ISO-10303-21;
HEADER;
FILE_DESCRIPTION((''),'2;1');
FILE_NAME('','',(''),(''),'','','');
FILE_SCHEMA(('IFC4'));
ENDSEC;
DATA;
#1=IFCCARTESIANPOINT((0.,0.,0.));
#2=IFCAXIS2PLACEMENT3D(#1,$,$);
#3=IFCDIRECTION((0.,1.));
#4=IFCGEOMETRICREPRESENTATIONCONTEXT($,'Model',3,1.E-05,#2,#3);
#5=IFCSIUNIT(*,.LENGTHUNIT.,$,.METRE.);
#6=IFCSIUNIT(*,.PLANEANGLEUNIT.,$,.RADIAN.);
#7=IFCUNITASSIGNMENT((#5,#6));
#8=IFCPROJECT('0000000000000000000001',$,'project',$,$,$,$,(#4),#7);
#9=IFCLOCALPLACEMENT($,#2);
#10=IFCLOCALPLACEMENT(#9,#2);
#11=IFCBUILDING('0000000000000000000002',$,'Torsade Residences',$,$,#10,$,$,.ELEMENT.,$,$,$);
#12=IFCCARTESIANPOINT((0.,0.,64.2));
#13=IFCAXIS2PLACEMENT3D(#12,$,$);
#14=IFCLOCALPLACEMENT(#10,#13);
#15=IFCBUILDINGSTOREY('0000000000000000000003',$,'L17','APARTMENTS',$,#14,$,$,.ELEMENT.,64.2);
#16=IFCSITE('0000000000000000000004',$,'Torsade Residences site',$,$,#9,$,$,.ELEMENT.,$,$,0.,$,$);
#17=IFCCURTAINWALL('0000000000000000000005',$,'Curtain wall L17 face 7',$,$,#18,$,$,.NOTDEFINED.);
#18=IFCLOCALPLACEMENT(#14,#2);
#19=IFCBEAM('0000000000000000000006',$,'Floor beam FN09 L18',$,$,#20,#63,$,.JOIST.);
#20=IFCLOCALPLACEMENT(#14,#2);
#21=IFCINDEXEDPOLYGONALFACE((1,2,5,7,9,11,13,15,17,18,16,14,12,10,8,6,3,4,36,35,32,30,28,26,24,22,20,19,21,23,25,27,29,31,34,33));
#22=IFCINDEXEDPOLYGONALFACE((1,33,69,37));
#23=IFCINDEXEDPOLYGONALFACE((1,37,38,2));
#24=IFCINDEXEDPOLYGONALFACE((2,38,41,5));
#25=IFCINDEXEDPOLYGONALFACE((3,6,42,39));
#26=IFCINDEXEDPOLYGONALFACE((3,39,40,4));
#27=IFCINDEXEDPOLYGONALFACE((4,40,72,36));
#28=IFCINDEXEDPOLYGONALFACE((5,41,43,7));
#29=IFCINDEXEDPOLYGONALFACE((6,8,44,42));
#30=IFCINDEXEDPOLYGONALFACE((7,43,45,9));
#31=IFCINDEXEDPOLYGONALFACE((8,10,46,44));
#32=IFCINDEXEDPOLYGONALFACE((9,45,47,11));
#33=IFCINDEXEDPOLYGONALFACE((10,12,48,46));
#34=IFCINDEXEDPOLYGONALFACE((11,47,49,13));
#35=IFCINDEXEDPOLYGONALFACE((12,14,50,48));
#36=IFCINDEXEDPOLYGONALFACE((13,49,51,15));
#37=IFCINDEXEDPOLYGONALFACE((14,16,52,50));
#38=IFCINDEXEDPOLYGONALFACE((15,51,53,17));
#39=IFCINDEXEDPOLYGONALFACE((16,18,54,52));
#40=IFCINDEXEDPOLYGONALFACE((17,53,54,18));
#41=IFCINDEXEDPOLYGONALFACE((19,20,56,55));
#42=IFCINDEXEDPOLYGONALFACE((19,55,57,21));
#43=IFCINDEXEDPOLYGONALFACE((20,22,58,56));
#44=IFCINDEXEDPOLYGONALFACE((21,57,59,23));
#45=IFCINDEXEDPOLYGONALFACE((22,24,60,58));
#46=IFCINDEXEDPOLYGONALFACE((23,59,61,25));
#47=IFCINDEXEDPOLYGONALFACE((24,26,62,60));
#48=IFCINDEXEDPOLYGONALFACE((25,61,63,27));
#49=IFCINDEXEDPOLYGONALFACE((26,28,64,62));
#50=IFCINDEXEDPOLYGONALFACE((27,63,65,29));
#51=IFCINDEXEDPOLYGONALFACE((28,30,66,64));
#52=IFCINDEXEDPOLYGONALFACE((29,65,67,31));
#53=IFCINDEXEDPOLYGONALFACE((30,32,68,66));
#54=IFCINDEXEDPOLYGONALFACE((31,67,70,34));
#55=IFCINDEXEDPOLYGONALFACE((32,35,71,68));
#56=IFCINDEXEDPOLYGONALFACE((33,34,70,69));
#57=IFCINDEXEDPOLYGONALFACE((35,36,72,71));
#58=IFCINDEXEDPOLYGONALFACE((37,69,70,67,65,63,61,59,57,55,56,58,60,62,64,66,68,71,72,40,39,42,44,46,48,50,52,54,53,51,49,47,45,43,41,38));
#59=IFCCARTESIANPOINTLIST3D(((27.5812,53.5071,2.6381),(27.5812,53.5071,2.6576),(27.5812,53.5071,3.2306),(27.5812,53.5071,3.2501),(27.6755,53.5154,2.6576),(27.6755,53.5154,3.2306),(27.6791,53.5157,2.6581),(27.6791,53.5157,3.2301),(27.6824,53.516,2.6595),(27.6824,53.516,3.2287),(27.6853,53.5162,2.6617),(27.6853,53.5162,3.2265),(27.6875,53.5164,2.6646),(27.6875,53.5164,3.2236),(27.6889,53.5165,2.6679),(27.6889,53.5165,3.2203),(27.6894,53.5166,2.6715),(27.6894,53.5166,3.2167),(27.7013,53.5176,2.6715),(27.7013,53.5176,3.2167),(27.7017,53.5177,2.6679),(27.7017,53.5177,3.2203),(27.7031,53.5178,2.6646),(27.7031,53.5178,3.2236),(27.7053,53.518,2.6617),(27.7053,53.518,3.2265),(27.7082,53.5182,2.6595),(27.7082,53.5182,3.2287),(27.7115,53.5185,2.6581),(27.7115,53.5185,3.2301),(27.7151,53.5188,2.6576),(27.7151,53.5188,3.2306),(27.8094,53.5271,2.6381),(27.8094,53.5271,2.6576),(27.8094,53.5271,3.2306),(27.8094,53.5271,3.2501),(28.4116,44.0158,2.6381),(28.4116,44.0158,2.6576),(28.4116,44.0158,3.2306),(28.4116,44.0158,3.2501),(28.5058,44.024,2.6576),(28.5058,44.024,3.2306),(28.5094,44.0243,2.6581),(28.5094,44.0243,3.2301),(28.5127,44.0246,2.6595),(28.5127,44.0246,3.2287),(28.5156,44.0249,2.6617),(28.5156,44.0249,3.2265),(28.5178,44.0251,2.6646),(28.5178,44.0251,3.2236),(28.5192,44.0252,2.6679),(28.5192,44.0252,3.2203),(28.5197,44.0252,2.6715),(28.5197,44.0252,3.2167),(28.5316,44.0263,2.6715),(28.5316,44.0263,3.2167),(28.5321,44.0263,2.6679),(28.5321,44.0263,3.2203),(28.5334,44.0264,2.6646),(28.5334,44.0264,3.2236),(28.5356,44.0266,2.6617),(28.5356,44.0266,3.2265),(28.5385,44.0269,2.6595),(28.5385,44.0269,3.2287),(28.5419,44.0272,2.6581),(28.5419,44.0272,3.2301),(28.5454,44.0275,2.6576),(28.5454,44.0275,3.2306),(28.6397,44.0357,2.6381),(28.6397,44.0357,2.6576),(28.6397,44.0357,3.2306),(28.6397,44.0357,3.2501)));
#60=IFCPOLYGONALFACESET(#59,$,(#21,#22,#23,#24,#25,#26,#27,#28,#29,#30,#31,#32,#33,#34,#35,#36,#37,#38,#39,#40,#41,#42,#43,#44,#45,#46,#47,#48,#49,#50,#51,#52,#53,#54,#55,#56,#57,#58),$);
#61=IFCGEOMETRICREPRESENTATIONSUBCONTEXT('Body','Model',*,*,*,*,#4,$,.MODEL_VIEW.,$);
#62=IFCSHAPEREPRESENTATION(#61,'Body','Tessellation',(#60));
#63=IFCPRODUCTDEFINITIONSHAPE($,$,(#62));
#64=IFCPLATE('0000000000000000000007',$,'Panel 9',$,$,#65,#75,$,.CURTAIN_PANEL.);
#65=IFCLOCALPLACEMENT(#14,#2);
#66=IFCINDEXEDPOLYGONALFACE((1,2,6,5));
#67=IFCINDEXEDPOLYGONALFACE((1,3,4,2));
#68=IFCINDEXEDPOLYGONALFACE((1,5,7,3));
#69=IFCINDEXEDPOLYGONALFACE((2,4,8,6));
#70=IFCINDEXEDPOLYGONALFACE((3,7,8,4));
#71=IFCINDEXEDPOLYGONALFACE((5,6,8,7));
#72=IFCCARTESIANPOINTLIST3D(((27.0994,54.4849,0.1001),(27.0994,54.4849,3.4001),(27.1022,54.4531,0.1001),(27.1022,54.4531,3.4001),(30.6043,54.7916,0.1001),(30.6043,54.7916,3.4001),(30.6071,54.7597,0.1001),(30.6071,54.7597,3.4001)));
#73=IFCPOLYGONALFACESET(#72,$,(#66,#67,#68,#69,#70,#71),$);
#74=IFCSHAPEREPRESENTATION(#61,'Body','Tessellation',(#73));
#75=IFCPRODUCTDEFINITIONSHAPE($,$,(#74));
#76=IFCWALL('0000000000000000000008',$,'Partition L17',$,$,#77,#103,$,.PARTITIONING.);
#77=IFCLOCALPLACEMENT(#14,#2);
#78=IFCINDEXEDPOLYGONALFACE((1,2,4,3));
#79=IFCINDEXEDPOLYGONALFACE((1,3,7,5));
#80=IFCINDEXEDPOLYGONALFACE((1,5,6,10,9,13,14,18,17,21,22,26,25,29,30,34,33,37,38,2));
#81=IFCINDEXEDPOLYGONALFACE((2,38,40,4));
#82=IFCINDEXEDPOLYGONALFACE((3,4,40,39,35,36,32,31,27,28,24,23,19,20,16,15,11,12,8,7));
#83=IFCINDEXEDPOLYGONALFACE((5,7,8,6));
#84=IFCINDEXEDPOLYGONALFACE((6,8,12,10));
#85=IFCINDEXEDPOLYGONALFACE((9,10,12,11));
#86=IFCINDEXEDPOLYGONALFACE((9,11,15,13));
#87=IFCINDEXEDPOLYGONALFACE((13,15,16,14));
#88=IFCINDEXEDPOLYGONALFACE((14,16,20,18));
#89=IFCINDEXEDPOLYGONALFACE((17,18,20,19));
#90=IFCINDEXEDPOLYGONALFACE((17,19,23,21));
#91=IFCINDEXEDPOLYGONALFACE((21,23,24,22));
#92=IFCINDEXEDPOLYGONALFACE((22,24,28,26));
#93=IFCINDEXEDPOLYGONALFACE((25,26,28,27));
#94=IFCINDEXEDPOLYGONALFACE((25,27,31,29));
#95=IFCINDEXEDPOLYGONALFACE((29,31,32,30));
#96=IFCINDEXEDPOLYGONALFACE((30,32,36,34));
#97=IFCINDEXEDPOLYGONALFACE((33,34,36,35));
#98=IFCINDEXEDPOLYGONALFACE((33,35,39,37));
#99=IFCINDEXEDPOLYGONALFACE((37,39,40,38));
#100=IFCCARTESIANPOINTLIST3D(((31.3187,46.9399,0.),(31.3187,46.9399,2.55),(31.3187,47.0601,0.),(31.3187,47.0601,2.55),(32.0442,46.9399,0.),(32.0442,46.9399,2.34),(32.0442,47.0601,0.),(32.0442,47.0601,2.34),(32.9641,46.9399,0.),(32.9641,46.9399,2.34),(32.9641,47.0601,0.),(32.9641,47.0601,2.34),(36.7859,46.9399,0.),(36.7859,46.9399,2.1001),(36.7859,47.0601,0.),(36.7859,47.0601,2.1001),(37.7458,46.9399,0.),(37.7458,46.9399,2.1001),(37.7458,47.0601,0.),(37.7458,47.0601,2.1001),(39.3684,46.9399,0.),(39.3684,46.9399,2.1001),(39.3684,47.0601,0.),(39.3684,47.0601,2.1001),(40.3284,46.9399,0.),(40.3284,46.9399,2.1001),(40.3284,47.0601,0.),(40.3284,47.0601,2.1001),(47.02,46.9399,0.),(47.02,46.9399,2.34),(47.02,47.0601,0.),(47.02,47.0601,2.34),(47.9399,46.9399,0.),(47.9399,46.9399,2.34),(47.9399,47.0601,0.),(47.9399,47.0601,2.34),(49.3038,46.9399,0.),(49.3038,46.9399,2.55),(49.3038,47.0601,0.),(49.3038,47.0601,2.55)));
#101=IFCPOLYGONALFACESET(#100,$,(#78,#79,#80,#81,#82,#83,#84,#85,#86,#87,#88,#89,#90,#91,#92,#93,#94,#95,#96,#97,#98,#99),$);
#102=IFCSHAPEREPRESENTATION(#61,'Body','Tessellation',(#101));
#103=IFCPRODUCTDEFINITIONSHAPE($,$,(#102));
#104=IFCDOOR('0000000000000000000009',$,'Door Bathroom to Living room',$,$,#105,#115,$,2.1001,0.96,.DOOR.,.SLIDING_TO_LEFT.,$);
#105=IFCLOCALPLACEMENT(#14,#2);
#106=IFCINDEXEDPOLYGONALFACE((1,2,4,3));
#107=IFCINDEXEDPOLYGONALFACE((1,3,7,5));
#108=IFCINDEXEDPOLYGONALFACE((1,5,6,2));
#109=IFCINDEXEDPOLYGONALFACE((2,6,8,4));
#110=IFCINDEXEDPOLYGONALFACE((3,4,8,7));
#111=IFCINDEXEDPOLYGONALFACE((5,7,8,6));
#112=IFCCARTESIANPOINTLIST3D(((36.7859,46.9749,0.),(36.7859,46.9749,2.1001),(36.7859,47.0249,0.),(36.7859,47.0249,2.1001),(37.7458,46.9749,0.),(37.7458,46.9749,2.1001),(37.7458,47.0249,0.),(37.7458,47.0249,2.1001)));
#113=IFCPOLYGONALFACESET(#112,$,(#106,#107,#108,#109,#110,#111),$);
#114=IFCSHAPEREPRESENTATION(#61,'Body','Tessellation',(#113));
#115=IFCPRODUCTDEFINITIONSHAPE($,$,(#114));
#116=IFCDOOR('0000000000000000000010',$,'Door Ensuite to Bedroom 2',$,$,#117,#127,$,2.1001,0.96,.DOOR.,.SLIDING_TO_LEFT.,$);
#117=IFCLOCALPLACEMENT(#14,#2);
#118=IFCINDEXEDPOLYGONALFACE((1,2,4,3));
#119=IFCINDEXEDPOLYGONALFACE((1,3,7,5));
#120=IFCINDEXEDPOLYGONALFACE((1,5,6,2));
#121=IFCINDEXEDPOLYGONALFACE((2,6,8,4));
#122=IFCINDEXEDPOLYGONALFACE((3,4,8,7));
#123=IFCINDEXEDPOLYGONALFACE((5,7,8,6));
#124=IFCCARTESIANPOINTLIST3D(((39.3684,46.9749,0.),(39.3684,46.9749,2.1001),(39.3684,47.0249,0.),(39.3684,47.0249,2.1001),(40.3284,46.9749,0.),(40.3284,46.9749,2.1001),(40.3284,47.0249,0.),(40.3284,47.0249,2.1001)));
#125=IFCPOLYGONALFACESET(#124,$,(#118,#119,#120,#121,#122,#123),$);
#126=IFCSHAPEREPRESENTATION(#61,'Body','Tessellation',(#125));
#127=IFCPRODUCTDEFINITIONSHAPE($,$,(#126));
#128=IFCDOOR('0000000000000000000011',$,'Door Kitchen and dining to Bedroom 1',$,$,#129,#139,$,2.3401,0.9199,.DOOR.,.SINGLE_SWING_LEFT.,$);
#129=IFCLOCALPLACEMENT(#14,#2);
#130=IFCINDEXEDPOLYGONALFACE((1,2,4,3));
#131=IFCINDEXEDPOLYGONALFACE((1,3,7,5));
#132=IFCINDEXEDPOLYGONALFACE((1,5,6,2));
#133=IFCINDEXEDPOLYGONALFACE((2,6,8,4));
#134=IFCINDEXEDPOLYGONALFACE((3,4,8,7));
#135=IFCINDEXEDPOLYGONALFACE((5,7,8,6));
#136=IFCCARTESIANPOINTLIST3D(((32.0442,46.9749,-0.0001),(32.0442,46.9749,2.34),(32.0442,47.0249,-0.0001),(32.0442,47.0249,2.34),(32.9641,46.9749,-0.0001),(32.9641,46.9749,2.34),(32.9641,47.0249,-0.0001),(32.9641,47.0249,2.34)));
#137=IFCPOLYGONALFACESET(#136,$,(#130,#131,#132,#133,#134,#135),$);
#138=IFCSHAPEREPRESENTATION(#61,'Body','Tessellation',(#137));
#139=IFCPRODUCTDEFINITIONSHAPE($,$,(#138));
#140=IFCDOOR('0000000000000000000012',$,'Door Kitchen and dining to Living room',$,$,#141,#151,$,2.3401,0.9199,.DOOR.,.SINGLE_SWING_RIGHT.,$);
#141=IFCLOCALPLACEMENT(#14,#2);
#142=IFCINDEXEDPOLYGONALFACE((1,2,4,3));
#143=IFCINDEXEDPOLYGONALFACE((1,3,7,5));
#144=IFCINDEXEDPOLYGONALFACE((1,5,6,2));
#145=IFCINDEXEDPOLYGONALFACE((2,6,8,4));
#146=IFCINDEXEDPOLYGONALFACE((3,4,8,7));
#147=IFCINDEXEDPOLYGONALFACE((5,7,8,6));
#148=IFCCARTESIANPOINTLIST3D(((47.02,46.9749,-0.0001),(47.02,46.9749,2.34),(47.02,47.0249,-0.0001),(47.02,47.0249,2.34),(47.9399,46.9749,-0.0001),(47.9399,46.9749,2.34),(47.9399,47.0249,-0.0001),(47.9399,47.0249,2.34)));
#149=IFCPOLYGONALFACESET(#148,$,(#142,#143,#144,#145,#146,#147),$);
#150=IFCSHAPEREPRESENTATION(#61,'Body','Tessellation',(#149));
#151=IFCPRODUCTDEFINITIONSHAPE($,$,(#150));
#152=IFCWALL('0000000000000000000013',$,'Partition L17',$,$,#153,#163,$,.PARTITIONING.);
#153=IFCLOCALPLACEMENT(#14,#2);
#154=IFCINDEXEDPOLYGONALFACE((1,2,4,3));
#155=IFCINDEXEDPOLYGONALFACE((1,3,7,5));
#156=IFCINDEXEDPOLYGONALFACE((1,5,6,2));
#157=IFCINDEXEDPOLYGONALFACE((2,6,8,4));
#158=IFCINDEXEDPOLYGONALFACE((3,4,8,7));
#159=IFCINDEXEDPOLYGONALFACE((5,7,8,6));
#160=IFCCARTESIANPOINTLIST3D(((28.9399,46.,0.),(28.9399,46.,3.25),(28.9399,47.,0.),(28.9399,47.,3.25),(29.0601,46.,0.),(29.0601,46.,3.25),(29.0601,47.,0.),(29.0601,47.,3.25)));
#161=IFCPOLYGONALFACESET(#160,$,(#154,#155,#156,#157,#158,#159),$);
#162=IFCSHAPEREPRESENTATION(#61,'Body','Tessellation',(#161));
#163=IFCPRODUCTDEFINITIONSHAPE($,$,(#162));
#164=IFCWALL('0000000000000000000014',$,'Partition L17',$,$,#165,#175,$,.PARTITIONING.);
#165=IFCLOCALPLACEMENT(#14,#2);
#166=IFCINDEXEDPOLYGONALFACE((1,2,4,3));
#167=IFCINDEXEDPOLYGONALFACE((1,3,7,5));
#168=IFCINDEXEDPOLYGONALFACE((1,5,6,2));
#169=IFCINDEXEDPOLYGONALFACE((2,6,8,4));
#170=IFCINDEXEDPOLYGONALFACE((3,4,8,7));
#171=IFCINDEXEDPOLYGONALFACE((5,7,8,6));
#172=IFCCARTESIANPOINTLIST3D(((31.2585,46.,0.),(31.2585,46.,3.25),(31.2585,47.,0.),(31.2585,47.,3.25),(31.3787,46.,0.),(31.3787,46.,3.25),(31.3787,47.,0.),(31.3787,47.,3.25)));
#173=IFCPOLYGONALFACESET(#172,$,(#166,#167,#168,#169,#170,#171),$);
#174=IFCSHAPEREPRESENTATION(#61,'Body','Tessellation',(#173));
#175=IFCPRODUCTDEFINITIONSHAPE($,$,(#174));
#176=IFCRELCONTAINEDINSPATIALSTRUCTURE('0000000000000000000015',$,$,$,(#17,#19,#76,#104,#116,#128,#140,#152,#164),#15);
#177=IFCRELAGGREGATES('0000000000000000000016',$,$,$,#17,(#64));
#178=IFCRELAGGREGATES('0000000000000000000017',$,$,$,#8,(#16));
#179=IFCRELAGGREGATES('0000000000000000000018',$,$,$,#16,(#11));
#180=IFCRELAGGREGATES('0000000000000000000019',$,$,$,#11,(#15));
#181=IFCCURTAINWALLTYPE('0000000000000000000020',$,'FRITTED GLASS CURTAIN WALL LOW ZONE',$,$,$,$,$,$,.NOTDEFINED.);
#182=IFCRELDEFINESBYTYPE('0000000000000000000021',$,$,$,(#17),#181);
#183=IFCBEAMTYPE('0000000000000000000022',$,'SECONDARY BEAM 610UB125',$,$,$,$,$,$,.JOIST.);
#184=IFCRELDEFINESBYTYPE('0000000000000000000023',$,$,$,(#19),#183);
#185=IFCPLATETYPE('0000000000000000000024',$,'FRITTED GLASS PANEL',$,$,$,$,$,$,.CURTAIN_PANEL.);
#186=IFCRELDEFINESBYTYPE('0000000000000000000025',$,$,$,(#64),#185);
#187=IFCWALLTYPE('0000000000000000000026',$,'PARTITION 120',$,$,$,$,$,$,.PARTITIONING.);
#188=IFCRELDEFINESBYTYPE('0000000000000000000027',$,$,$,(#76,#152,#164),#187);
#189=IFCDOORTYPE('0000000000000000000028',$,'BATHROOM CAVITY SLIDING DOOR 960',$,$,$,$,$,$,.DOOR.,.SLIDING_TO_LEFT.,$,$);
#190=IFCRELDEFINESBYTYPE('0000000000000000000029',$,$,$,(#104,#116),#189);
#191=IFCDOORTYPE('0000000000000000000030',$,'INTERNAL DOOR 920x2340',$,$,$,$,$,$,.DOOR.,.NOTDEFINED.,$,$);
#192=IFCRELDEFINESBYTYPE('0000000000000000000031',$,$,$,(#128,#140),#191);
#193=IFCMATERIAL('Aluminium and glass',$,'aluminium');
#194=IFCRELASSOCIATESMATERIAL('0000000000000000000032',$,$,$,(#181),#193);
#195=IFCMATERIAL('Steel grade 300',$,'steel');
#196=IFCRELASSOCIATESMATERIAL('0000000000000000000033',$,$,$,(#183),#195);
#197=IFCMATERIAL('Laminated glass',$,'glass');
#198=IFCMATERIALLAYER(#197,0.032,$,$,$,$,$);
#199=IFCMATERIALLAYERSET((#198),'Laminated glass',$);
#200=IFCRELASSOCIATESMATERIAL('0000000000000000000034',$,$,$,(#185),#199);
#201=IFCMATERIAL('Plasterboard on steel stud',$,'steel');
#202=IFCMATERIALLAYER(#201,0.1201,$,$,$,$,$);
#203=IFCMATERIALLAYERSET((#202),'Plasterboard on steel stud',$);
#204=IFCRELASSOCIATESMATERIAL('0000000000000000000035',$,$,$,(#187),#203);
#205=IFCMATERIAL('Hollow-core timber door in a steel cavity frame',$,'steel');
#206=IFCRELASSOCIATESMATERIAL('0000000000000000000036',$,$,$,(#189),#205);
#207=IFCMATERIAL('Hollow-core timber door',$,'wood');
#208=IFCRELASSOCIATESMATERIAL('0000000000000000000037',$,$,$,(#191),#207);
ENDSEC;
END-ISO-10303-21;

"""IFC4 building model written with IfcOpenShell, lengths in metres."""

from ifc_helpers import new_model, si_unit, direction, frame, frame_2d, origin, origin_2d, place, context, subcontext, project, spatial, rectangle, i_section, extrude, material, layer, layer_set, material_profile, profile_set, type_object, element, fill, aggregate, save


model = new_model("IFC4")

# Units and contexts
model_context = context("Model", 3, precision=1e-05, world=origin(), true_north=direction((0.0, 1.0)))
body_context = subcontext(model_context, "Body", "Model", "MODEL_VIEW")
ifc_project = project(units=[si_unit("LENGTHUNIT", "METRE"), si_unit("PLANEANGLEUNIT", "RADIAN")], contexts=[model_context])

# Site, building, storey
site_placement = place(None, origin())
site = spatial("IfcSite", under=ifc_project, at=site_placement, Name="Torsade Residences site", CompositionType="ELEMENT", RefElevation=0.0)
building_placement = place(site_placement, origin())
building = spatial("IfcBuilding", under=site, at=building_placement, Name="Torsade Residences", CompositionType="ELEMENT")
storey_placement = place(building_placement, frame((0.0, 0.0, 64.2)))
storey = spatial("IfcBuildingStorey", under=building, at=storey_placement, Name="L17", Description="APARTMENTS", CompositionType="ELEMENT", Elevation=64.2)

# Curtain wall
ifc_material_1 = material(Name="Aluminium and glass", Category="aluminium")
curtain_wall_type = type_object("IfcCurtainWallType", Name="FRITTED GLASS CURTAIN WALL LOW ZONE", PredefinedType="NOTDEFINED", material=ifc_material_1)
curtain_wall_placement = place(storey_placement, origin())
curtain_wall = element("IfcCurtainWall", 1, at=curtain_wall_placement, inside=storey, type_object=curtain_wall_type, Name="Curtain wall L17 face 7", PredefinedType="NOTDEFINED")

# Beam
ifc_material_2 = material(Name="Steel grade 300", Category="steel")
ifc_material_profile_1 = material_profile(ifc_material_2, i_section(OverallWidth=0.229, OverallDepth=0.6121, WebThickness=0.012, FlangeThickness=0.0195, FilletRadius=0.0139, at=origin_2d()), Name="610UB125")
ifc_profile_set_1 = profile_set([ifc_material_profile_1], Name="Steel grade 300")
beam_type_1 = type_object("IfcBeamType", Name="SECONDARY BEAM 610UB125", PredefinedType="JOIST", material=ifc_profile_set_1)
beam_1_placement = place(storey_placement, frame((27.6953, 53.5171, 2.9441), z_axis=(0.087148, -0.996195, 0.0), x_axis=(0.996195, 0.087148, 0.0)))
element("IfcBeam", 2, at=beam_1_placement, inside=storey, type_object=beam_type_1, Name="Floor beam FN09 L18", PredefinedType="JOIST", context=body_context, shape_type="SweptSolid", body=[
    extrude(i_section(OverallWidth=0.229, OverallDepth=0.6121, WebThickness=0.012, FlangeThickness=0.0195, FilletRadius=0.0139, at=origin_2d()), origin(), (0.0, 0.0, 1.0), 9.5276),
])

# Plate
ifc_material_3 = material(Name="Laminated glass", Category="glass")
ifc_layer_1 = layer(ifc_material_3, 0.032)
ifc_layer_set_1 = layer_set([ifc_layer_1], Name="Laminated glass")
plate_type = type_object("IfcPlateType", Name="FRITTED GLASS PANEL", PredefinedType="CURTAIN_PANEL", material=ifc_layer_set_1)
plate_placement = place(storey_placement, frame((28.8533, 54.6223, 0.1001), z_axis=(0.0, 0.0, 1.0), x_axis=(-0.996195, -0.087156, 0.0)))
plate = element("IfcPlate", 3, at=plate_placement, type_object=plate_type, Name="Panel 9", PredefinedType="CURTAIN_PANEL", context=body_context, shape_type="SweptSolid", body=[
    extrude(rectangle(XDim=3.5183, YDim=0.032, at=origin_2d()), origin(), (0.0, 0.0, 1.0), 3.3),
])
aggregate(curtain_wall, [plate])

# Wall, openings, doors
ifc_material_4 = material(Name="Plasterboard on steel stud", Category="steel")
ifc_layer_2 = layer(ifc_material_4, 0.1201)
ifc_layer_set_2 = layer_set([ifc_layer_2], Name="Plasterboard on steel stud")
wall_type_1 = type_object("IfcWallType", Name="PARTITION 120", PredefinedType="PARTITIONING", material=ifc_layer_set_2)
wall_1_placement = place(storey_placement, frame((31.3186, 47.0, 0.0), z_axis=(0.0, 0.0, 1.0), x_axis=(1.0, 0.0, 0.0)))
wall_1 = element("IfcWall", 4, at=wall_1_placement, inside=storey, type_object=wall_type_1, Name="Partition L17", PredefinedType="PARTITIONING", context=body_context, shape_type="SweptSolid", body=[
    extrude(rectangle(XDim=17.9851, YDim=0.1201, at=frame_2d((8.9927, 0.0))), origin(), (0.0, 0.0, 1.0), 2.55),
])
opening_1_placement = place(wall_1_placement, frame((0.7256, 0.0, 0.0)))
opening_1 = element("IfcOpeningElement", 5, at=opening_1_placement, cuts=wall_1, PredefinedType="OPENING", context=body_context, shape_type="SweptSolid", body=[
    extrude(rectangle(XDim=0.9199, YDim=2.3401, at=frame_2d((0.46, 1.1699))), frame((0.0, 0.0701, 0.0), z_axis=(0.0, -1.0, 0.0), x_axis=(1.0, 0.0, 0.0)), (0.0, 0.0, 1.0), 0.1401),
])
opening_2_placement = place(wall_1_placement, frame((15.7014, 0.0, 0.0)))
opening_2 = element("IfcOpeningElement", 6, at=opening_2_placement, cuts=wall_1, PredefinedType="OPENING", context=body_context, shape_type="SweptSolid", body=[
    extrude(rectangle(XDim=0.9199, YDim=2.3401, at=frame_2d((0.46, 1.1699))), frame((0.0, 0.0701, 0.0), z_axis=(0.0, -1.0, 0.0), x_axis=(1.0, 0.0, 0.0)), (0.0, 0.0, 1.0), 0.1401),
])
opening_3_placement = place(wall_1_placement, frame((5.4673, 0.0, 0.0)))
opening_3 = element("IfcOpeningElement", 7, at=opening_3_placement, cuts=wall_1, PredefinedType="OPENING", context=body_context, shape_type="SweptSolid", body=[
    extrude(rectangle(XDim=0.96, YDim=2.1001, at=frame_2d((0.48, 1.05))), frame((0.0, 0.0701, 0.0), z_axis=(0.0, -1.0, 0.0), x_axis=(1.0, 0.0, 0.0)), (0.0, 0.0, 1.0), 0.1401),
])
opening_4_placement = place(wall_1_placement, frame((8.0498, 0.0, 0.0)))
opening_4 = element("IfcOpeningElement", 8, at=opening_4_placement, cuts=wall_1, PredefinedType="OPENING", context=body_context, shape_type="SweptSolid", body=[
    extrude(rectangle(XDim=0.96, YDim=2.1001, at=frame_2d((0.48, 1.05))), frame((0.0, 0.0701, 0.0), z_axis=(0.0, -1.0, 0.0), x_axis=(1.0, 0.0, 0.0)), (0.0, 0.0, 1.0), 0.1401),
])
ifc_material_5 = material(Name="Hollow-core timber door in a steel cavity frame", Category="steel")
door_type_1 = type_object("IfcDoorType", Name="BATHROOM CAVITY SLIDING DOOR 960", OperationType="SLIDING_TO_LEFT", PredefinedType="DOOR", material=ifc_material_5)
door_1_placement = place(opening_3_placement, origin())
door_1 = element("IfcDoor", 9, at=door_1_placement, inside=storey, type_object=door_type_1, Name="Door Bathroom to Living room", OperationType="SLIDING_TO_LEFT", OverallHeight=2.1001, OverallWidth=0.96, PredefinedType="DOOR", context=body_context, shape_type="SweptSolid", body=[
    extrude(rectangle(XDim=0.96, YDim=2.1001, at=frame_2d((0.48, 1.05))), frame((0.0, 0.0249, 0.0), z_axis=(0.0, -1.0, 0.0), x_axis=(1.0, 0.0, 0.0)), (0.0, 0.0, 1.0), 0.05),
])
fill(opening_3, door_1)
door_2_placement = place(opening_4_placement, origin())
door_2 = element("IfcDoor", 10, at=door_2_placement, inside=storey, type_object=door_type_1, Name="Door Ensuite to Bedroom 2", OperationType="SLIDING_TO_LEFT", OverallHeight=2.1001, OverallWidth=0.96, PredefinedType="DOOR", context=body_context, shape_type="SweptSolid", body=[
    extrude(rectangle(XDim=0.96, YDim=2.1001, at=frame_2d((0.48, 1.05))), frame((0.0, 0.0249, 0.0), z_axis=(0.0, -1.0, 0.0), x_axis=(1.0, 0.0, 0.0)), (0.0, 0.0, 1.0), 0.05),
])
fill(opening_4, door_2)
ifc_material_6 = material(Name="Hollow-core timber door", Category="wood")
door_type_2 = type_object("IfcDoorType", Name="INTERNAL DOOR 920x2340", OperationType="NOTDEFINED", PredefinedType="DOOR", material=ifc_material_6)
door_3_placement = place(opening_1_placement, origin())
door_3 = element("IfcDoor", 11, at=door_3_placement, inside=storey, type_object=door_type_2, Name="Door Kitchen and dining to Bedroom 1", OperationType="SINGLE_SWING_LEFT", OverallHeight=2.3401, OverallWidth=0.9199, PredefinedType="DOOR", context=body_context, shape_type="SweptSolid", body=[
    extrude(rectangle(XDim=0.9199, YDim=2.3401, at=frame_2d((0.46, 1.1699))), frame((0.0, 0.0249, 0.0), z_axis=(0.0, -1.0, 0.0), x_axis=(1.0, 0.0, 0.0)), (0.0, 0.0, 1.0), 0.05),
])
fill(opening_1, door_3)
door_4_placement = place(opening_2_placement, origin())
door_4 = element("IfcDoor", 12, at=door_4_placement, inside=storey, type_object=door_type_2, Name="Door Kitchen and dining to Living room", OperationType="SINGLE_SWING_RIGHT", OverallHeight=2.3401, OverallWidth=0.9199, PredefinedType="DOOR", context=body_context, shape_type="SweptSolid", body=[
    extrude(rectangle(XDim=0.9199, YDim=2.3401, at=frame_2d((0.46, 1.1699))), frame((0.0, 0.0249, 0.0), z_axis=(0.0, -1.0, 0.0), x_axis=(1.0, 0.0, 0.0)), (0.0, 0.0, 1.0), 0.05),
])
fill(opening_2, door_4)

# Walls
for number, where, z_axis, x_axis, name in (
    (13, (29.0, 47.0, 0.0), (0.0, 0.0, 1.0), (0.0, -1.0, 0.0), "Partition L17"),
    (14, (31.3186, 46.0, 0.0), (0.0, 0.0, 1.0), (0.0, 1.0, 0.0), "Partition L17"),
):
    element("IfcWall", number, at=place(storey_placement, frame(where, z_axis=z_axis, x_axis=x_axis)), inside=storey, type_object=wall_type_1, Name=name, PredefinedType="PARTITIONING", context=body_context, shape_type="SweptSolid", body=[
        extrude(rectangle(XDim=1.0, YDim=0.1201, at=frame_2d((0.5, 0.0))), origin(), (0.0, 0.0, 1.0), 3.25),
    ])

save(model, "model.ifc")
